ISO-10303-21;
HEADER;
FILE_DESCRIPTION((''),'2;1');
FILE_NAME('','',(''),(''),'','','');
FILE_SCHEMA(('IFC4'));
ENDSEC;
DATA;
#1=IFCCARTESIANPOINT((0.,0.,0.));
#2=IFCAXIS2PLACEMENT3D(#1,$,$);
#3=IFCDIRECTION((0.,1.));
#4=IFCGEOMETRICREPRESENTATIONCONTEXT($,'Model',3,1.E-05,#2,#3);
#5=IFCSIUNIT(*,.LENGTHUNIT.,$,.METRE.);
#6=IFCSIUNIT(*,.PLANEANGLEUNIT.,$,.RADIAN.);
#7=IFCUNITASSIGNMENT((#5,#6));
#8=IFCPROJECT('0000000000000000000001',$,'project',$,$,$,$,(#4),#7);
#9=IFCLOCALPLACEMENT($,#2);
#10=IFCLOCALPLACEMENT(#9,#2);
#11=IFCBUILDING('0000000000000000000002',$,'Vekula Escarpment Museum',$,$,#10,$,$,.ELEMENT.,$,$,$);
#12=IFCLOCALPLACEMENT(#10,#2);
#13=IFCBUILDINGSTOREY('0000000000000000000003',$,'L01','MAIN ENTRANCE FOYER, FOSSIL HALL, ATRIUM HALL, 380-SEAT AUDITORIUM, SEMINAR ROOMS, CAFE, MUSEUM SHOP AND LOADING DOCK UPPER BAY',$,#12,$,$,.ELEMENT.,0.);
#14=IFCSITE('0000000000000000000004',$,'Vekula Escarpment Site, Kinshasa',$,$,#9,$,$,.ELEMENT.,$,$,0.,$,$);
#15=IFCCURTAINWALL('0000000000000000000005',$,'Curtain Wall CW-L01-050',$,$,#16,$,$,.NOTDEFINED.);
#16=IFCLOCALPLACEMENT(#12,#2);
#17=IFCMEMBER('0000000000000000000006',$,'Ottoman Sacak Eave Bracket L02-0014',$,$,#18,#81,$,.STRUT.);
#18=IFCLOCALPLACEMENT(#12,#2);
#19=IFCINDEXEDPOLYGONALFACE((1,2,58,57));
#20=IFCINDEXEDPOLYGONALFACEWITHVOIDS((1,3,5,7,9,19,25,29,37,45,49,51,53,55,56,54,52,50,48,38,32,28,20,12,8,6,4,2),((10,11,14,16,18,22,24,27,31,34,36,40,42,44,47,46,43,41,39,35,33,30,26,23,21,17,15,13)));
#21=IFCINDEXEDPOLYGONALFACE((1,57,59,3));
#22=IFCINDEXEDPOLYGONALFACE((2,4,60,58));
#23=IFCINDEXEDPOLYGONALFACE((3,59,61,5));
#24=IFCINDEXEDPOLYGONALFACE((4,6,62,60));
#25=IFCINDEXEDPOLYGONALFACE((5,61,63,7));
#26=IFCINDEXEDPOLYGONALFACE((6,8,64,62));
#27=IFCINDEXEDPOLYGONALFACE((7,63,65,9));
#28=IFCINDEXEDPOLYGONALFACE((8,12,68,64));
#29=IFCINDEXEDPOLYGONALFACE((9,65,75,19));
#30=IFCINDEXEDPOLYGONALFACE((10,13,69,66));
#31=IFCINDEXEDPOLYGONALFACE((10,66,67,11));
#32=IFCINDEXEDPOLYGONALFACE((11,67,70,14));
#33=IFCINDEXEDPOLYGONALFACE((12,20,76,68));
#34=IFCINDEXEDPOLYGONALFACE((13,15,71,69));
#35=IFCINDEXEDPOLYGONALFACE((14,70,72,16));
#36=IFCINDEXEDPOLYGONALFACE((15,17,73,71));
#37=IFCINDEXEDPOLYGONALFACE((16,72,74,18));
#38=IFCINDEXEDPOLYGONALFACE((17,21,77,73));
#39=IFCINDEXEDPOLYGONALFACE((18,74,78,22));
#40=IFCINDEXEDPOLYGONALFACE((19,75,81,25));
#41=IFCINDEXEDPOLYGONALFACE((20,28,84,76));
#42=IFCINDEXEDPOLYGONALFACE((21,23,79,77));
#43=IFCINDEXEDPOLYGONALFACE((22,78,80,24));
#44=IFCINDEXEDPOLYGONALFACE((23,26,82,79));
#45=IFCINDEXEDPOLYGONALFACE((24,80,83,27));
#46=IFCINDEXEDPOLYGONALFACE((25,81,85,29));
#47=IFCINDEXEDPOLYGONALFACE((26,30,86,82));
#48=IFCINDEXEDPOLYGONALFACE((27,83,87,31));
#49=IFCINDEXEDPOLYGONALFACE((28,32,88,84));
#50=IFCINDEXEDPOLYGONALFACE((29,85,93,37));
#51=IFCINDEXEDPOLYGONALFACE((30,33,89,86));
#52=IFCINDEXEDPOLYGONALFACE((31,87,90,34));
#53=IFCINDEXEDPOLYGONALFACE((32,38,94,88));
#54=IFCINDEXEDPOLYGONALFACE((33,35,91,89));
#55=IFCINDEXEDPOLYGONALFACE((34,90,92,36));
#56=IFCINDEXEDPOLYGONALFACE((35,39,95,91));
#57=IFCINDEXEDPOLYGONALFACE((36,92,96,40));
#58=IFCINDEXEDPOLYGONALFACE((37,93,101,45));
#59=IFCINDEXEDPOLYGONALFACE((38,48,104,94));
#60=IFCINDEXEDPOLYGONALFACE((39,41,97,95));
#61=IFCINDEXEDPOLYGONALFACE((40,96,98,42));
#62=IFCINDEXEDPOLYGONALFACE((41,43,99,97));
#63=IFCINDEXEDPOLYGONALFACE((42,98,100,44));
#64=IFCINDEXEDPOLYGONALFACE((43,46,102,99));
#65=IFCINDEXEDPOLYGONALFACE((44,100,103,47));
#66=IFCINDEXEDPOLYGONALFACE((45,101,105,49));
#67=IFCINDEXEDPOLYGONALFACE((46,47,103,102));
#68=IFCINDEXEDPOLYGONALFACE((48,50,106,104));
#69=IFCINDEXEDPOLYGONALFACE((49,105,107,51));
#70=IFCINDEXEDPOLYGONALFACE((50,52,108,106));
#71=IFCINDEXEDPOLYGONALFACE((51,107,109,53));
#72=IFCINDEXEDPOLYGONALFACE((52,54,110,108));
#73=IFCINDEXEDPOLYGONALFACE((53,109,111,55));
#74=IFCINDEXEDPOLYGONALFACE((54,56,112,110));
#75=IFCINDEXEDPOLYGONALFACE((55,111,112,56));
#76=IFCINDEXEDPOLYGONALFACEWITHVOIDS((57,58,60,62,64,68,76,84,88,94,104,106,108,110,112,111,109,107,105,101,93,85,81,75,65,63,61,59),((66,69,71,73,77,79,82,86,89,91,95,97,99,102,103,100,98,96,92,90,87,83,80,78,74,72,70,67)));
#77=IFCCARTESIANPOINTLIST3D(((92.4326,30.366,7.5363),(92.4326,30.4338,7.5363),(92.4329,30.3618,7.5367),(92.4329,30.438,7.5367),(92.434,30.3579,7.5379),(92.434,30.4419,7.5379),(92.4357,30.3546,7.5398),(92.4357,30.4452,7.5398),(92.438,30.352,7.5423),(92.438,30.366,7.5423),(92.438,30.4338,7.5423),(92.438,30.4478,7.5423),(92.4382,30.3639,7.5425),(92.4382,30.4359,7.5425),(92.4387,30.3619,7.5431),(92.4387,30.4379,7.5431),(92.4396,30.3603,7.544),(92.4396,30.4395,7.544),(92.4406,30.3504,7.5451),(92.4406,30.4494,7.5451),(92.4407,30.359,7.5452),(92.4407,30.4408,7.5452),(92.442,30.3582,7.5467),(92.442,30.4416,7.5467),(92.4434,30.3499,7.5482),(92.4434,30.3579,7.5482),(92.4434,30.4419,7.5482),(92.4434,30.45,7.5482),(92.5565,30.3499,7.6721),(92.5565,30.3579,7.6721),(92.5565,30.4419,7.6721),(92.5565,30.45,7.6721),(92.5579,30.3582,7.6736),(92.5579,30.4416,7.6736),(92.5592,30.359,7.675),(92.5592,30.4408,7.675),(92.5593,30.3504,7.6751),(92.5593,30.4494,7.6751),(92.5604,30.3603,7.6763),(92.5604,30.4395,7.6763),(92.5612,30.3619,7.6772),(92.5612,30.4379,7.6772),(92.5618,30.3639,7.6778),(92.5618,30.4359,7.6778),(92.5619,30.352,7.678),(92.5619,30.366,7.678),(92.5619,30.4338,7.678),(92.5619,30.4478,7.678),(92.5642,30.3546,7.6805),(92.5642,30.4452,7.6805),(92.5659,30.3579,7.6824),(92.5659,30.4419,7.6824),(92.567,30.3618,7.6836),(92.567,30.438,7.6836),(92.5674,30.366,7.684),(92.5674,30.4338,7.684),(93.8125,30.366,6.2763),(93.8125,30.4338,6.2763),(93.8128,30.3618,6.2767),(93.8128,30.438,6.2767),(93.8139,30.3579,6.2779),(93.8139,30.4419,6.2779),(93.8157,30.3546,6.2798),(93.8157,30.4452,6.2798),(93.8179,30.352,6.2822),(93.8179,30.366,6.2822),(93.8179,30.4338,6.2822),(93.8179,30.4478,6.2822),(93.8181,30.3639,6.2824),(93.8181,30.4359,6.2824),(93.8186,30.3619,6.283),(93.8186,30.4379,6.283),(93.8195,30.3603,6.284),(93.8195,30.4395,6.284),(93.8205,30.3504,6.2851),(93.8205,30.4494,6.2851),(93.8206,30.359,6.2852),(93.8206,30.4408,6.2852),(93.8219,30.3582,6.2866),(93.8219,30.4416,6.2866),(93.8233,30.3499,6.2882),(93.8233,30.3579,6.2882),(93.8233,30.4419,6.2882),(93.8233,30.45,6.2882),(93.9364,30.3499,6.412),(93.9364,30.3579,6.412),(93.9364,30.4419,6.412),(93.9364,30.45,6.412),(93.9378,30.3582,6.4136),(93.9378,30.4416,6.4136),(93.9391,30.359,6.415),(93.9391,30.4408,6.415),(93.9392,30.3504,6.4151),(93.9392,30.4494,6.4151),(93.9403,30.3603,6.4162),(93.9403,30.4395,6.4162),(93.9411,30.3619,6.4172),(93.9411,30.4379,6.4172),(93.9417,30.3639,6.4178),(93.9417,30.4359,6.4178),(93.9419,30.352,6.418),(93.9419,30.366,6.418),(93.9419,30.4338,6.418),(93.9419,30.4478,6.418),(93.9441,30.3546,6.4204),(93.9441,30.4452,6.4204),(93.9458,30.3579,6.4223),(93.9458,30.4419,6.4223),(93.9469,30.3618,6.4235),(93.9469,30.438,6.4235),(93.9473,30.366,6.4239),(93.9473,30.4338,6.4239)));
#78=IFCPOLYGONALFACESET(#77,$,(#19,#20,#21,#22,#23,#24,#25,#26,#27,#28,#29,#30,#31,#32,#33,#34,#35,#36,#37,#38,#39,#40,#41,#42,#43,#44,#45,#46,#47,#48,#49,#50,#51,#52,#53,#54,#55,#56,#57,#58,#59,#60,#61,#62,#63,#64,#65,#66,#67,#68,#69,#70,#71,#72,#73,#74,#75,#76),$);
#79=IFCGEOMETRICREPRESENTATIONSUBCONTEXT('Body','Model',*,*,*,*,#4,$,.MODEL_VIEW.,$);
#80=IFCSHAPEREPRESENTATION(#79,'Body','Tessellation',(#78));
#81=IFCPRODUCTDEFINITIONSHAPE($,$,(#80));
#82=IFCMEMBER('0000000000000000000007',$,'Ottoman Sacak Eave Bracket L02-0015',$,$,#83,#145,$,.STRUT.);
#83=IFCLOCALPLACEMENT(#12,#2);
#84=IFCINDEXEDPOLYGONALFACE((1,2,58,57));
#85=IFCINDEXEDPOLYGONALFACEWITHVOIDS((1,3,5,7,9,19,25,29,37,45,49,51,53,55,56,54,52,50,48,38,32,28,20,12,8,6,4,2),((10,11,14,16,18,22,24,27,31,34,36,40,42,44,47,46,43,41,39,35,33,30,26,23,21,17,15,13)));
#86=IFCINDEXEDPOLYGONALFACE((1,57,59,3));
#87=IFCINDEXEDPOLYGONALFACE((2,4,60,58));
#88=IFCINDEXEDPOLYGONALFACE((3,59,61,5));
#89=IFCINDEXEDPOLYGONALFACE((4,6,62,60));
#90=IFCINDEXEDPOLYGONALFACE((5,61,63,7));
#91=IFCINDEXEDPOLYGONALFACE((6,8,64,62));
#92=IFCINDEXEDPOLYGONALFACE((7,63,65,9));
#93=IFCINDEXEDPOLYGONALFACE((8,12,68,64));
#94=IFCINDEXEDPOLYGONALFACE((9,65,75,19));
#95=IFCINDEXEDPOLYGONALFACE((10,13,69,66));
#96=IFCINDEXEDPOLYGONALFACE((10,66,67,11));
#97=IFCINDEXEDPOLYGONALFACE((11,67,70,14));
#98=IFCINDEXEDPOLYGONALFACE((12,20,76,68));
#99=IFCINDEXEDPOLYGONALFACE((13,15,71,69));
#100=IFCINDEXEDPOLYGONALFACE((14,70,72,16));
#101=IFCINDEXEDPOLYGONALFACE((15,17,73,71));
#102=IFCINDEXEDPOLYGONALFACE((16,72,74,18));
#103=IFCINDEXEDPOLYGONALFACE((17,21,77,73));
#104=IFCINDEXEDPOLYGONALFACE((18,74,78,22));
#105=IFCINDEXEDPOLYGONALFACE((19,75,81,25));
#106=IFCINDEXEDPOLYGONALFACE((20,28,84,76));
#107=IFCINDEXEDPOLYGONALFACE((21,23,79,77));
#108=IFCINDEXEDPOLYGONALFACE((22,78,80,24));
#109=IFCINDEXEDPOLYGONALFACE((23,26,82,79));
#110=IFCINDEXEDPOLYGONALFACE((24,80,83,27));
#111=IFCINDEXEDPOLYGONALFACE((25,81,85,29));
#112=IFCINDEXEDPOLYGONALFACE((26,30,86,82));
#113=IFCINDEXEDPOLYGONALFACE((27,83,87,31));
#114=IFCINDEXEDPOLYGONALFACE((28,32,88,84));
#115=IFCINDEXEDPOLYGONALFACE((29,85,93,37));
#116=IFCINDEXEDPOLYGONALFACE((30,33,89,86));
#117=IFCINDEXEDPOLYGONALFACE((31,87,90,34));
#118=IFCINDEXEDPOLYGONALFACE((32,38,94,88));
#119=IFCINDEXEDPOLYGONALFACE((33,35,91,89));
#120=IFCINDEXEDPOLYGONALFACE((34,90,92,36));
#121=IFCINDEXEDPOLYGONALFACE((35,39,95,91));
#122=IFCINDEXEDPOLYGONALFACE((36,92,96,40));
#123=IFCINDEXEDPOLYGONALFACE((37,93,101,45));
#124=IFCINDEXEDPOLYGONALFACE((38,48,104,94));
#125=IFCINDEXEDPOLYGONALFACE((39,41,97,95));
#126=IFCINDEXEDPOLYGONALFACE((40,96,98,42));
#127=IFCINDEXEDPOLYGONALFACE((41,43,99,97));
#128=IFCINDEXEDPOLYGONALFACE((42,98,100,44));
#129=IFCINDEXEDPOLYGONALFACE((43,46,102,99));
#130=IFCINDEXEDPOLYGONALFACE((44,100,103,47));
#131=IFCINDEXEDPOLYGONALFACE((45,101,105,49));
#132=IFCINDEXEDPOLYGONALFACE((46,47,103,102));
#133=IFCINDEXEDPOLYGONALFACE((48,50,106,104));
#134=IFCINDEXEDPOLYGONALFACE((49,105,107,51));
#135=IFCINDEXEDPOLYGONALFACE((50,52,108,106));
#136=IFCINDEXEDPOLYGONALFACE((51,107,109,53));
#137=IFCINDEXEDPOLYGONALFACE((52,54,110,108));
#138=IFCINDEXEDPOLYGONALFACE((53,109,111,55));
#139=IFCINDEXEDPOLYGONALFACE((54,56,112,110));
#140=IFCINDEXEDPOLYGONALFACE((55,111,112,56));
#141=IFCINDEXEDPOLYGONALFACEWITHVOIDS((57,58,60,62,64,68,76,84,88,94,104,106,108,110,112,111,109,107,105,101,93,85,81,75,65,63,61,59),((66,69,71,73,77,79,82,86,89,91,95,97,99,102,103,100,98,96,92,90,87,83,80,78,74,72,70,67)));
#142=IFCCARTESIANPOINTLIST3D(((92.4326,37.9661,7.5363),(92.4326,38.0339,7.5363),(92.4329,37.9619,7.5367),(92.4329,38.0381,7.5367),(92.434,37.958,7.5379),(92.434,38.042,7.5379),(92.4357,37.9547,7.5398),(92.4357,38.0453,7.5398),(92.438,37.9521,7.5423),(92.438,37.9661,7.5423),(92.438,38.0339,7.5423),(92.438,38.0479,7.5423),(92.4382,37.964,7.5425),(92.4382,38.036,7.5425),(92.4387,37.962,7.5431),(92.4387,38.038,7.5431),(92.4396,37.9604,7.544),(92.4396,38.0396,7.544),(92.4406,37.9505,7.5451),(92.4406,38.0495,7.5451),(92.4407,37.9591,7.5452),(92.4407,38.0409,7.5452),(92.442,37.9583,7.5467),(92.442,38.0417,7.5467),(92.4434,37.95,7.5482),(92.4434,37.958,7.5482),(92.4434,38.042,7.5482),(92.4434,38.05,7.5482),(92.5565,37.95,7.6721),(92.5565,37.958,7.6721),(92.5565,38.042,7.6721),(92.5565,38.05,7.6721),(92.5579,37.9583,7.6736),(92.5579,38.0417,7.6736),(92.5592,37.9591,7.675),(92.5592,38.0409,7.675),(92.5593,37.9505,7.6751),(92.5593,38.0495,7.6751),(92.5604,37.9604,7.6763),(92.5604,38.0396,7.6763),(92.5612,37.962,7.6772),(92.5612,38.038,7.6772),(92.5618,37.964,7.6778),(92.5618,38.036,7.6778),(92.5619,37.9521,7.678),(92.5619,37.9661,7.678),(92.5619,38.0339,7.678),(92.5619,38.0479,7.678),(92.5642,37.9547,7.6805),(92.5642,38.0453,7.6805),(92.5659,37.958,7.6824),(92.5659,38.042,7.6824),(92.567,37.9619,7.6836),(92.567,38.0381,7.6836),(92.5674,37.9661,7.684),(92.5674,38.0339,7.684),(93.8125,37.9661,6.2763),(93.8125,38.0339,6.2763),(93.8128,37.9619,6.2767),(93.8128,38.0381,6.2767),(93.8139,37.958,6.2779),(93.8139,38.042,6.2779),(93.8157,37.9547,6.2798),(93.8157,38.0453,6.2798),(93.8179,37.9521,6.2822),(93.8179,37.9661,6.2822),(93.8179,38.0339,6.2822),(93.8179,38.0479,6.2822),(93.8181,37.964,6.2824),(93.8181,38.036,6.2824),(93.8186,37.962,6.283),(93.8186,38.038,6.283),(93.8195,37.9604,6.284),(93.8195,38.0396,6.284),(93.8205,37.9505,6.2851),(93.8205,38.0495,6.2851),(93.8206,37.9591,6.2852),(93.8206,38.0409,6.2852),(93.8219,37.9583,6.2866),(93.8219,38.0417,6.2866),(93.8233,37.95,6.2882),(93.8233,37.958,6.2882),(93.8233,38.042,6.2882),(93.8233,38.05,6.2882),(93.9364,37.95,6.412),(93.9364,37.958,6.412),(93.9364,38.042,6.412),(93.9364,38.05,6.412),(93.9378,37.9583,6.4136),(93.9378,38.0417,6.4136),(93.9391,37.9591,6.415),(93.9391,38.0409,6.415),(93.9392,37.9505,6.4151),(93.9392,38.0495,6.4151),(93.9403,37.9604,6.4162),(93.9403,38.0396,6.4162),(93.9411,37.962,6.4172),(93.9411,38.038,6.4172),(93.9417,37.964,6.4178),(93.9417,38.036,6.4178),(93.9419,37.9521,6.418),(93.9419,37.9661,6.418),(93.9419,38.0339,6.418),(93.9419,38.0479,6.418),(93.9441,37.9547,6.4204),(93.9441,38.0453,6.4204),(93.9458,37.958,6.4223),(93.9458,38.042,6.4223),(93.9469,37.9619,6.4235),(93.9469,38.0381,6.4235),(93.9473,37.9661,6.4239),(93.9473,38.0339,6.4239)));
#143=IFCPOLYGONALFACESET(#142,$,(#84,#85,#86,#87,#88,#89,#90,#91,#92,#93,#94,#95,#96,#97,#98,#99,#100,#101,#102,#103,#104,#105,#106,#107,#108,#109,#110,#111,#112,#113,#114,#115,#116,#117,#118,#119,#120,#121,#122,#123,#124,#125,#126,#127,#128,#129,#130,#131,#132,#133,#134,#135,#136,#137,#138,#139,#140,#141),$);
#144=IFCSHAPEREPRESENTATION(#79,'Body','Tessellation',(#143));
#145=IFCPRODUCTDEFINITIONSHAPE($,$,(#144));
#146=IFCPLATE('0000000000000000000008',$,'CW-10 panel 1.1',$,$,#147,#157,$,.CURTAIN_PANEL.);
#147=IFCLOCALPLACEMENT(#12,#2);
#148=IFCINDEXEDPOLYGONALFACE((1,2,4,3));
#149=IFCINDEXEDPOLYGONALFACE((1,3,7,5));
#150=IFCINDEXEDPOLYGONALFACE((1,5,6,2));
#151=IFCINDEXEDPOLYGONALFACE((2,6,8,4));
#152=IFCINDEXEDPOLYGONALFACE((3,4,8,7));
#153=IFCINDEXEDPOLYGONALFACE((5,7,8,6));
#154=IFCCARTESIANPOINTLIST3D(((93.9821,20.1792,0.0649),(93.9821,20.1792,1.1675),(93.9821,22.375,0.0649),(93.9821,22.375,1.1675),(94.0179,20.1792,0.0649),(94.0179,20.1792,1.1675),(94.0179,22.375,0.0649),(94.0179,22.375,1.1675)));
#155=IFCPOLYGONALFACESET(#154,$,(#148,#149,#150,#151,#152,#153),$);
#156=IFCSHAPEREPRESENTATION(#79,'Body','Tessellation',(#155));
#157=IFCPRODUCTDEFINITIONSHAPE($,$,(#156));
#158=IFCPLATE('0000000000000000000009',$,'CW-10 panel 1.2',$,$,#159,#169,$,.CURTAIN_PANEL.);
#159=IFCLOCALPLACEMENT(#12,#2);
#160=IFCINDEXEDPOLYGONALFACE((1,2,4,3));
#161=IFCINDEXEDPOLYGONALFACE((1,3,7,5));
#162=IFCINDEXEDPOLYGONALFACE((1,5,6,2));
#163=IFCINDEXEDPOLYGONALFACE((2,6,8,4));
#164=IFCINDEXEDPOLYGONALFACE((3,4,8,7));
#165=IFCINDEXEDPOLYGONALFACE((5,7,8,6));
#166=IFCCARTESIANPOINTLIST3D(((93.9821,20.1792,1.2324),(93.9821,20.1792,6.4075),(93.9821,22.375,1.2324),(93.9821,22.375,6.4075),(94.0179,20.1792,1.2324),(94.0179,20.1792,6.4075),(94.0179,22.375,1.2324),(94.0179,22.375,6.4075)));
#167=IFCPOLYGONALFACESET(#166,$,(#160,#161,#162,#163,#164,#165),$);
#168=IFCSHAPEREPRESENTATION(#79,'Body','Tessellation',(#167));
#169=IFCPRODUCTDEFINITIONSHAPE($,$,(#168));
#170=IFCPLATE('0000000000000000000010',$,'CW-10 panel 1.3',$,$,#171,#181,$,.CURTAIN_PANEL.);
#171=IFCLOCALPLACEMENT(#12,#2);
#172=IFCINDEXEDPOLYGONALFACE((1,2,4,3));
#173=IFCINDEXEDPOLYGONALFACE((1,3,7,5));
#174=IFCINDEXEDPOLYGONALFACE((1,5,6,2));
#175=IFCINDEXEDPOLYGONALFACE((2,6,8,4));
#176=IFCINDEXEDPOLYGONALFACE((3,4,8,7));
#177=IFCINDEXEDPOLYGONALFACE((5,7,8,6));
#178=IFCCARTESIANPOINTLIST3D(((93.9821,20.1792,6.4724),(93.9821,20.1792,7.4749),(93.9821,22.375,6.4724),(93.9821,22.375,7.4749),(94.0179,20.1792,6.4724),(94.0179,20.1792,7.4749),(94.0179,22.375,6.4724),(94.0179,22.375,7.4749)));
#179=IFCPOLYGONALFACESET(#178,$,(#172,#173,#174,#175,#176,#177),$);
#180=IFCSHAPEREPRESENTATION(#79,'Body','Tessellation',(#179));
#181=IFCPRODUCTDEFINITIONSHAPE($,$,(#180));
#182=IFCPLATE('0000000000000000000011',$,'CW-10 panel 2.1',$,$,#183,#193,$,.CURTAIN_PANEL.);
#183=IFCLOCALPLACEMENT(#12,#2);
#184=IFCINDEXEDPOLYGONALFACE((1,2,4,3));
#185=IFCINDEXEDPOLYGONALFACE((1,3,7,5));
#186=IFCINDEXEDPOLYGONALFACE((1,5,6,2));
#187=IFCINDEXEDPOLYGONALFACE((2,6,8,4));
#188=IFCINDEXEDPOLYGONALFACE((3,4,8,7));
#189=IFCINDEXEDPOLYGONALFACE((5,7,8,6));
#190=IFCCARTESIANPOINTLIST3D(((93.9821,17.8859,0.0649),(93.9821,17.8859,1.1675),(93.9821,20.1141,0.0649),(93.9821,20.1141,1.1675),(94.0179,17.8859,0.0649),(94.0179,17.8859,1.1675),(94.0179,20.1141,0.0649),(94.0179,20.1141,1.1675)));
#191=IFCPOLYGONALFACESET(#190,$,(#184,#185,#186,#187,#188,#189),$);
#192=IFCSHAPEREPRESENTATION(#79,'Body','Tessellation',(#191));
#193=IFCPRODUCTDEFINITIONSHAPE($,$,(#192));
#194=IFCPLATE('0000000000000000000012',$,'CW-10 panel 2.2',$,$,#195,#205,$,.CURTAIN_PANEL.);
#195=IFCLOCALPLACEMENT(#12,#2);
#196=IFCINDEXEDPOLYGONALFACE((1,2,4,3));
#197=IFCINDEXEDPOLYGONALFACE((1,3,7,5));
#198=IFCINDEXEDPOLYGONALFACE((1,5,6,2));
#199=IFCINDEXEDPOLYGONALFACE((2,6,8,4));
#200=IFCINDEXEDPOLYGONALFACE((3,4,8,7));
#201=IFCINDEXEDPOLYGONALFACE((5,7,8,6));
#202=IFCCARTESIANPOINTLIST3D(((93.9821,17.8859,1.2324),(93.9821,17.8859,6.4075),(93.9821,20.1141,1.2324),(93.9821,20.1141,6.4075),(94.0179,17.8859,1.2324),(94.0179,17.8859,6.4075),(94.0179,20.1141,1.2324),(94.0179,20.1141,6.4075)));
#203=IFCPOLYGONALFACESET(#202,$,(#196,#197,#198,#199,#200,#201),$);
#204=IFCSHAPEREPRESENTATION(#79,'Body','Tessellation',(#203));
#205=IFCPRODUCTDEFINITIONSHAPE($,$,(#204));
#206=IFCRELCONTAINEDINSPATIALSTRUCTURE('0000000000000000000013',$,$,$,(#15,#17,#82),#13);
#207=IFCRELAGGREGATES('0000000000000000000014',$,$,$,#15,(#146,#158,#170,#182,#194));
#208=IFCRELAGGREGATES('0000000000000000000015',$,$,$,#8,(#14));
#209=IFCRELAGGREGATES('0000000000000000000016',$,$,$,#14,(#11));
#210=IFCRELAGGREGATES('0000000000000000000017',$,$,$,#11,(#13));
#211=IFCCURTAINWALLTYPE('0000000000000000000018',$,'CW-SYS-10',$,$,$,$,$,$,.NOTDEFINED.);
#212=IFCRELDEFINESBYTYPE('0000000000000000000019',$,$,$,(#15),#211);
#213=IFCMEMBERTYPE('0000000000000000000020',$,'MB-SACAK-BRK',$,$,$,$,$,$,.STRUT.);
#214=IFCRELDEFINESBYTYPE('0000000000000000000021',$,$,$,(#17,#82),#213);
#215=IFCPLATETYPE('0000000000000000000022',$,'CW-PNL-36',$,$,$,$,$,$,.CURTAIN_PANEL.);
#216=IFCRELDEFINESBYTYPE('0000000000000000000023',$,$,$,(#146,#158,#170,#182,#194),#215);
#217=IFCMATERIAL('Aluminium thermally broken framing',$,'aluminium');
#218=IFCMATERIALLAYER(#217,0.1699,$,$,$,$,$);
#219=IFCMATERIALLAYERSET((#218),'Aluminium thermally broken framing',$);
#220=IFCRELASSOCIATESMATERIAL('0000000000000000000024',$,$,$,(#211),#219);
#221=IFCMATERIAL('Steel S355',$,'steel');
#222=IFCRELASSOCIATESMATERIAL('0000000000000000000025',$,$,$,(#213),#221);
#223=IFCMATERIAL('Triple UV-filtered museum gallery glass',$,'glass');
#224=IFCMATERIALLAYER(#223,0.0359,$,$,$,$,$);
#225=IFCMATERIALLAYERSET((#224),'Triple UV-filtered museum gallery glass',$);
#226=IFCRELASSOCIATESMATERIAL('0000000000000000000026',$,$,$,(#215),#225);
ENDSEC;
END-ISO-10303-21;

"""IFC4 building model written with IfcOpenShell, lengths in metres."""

from ifc_helpers import new_model, si_unit, direction, frame, origin, origin_2d, place, context, subcontext, project, spatial, rectangle, hollow_rectangle, extrude, material, layer, layer_set, material_profile, profile_set, type_object, element, aggregate, save


model = new_model("IFC4")

# Units and contexts
model_context = context("Model", 3, precision=1e-05, world=origin(), true_north=direction((0.0, 1.0)))
body_context = subcontext(model_context, "Body", "Model", "MODEL_VIEW")
ifc_project = project(units=[si_unit("LENGTHUNIT", "METRE"), si_unit("PLANEANGLEUNIT", "RADIAN")], contexts=[model_context])

# Site, building, storey
site_placement = place(None, origin())
site = spatial("IfcSite", under=ifc_project, at=site_placement, Name="Vekula Escarpment Site, Kinshasa", CompositionType="ELEMENT", RefElevation=0.0)
building_placement = place(site_placement, origin())
building = spatial("IfcBuilding", under=site, at=building_placement, Name="Vekula Escarpment Museum", CompositionType="ELEMENT")
storey_placement = place(building_placement, origin())
storey = spatial("IfcBuildingStorey", under=building, at=storey_placement, Name="L01", Description="MAIN ENTRANCE FOYER, FOSSIL HALL, ATRIUM HALL, 380-SEAT AUDITORIUM, SEMINAR ROOMS, CAFE, MUSEUM SHOP AND LOADING DOCK UPPER BAY", CompositionType="ELEMENT", Elevation=0.0)

# Curtain wall
ifc_material_1 = material(Name="Aluminium thermally broken framing", Category="aluminium")
ifc_layer_1 = layer(ifc_material_1, 0.1699)
ifc_layer_set_1 = layer_set([ifc_layer_1], Name="Aluminium thermally broken framing")
curtain_wall_type = type_object("IfcCurtainWallType", Name="CW-SYS-10", PredefinedType="NOTDEFINED", material=ifc_layer_set_1)
curtain_wall_placement = place(storey_placement, origin())
curtain_wall = element("IfcCurtainWall", 1, at=curtain_wall_placement, inside=storey, type_object=curtain_wall_type, Name="Curtain Wall CW-L01-050", PredefinedType="NOTDEFINED")

# Members
ifc_material_2 = material(Name="Steel S355", Category="steel")
ifc_material_profile_1 = material_profile(ifc_material_2, hollow_rectangle(XDim=0.1001, YDim=0.2, WallThickness=0.0081, InnerFilletRadius=0.0081, OuterFilletRadius=0.0161, at=origin_2d()), Name="RHS 200x100x8")
ifc_profile_set_1 = profile_set([ifc_material_profile_1], Name="Steel S355")
member_type_1 = type_object("IfcMemberType", Name="MB-SACAK-BRK", PredefinedType="STRUT", material=ifc_profile_set_1)
for number, where, z_axis, x_axis, name in (
    (2, (93.8799, 30.3999, 6.3501), (-0.738454, 0.0, 0.674303), (0.0, -1.0, 0.0), "Ottoman Sacak Eave Bracket L02-0014"),
    (3, (93.8799, 38.0, 6.3501), (-0.738454, 0.0, 0.674303), (0.0, -1.0, 0.0), "Ottoman Sacak Eave Bracket L02-0015"),
):
    element("IfcMember", number, at=place(storey_placement, frame(where, z_axis=z_axis, x_axis=x_axis)), inside=storey, type_object=member_type_1, Name=name, PredefinedType="STRUT", context=body_context, shape_type="SweptSolid", body=[
        extrude(hollow_rectangle(XDim=0.1001, YDim=0.2, WallThickness=0.0081, InnerFilletRadius=0.0081, OuterFilletRadius=0.0161, at=origin_2d()), origin(), (0.0, 0.0, 1.0), 1.8687),
    ])

# Plates
ifc_material_3 = material(Name="Triple UV-filtered museum gallery glass", Category="glass")
ifc_layer_2 = layer(ifc_material_3, 0.0359)
ifc_layer_set_2 = layer_set([ifc_layer_2], Name="Triple UV-filtered museum gallery glass")
plate_type_1 = type_object("IfcPlateType", Name="CW-PNL-36", PredefinedType="CURTAIN_PANEL", material=ifc_layer_set_2)
plate_1_placement = place(storey_placement, frame((94.0, 21.2771, 0.0649), z_axis=(0.0, 0.0, 1.0), x_axis=(0.0, -1.0, 0.0)))
plate_1 = element("IfcPlate", 4, at=plate_1_placement, type_object=plate_type_1, Name="CW-10 panel 1.1", PredefinedType="CURTAIN_PANEL", context=body_context, shape_type="SweptSolid", body=[
    extrude(rectangle(XDim=2.1958, YDim=0.0359, at=origin_2d()), origin(), (0.0, 0.0, 1.0), 1.1025),
])
plate_2_placement = place(storey_placement, frame((94.0, 21.2771, 1.2324), z_axis=(0.0, 0.0, 1.0), x_axis=(0.0, -1.0, 0.0)))
plate_2 = element("IfcPlate", 5, at=plate_2_placement, type_object=plate_type_1, Name="CW-10 panel 1.2", PredefinedType="CURTAIN_PANEL", context=body_context, shape_type="SweptSolid", body=[
    extrude(rectangle(XDim=2.1958, YDim=0.0359, at=origin_2d()), origin(), (0.0, 0.0, 1.0), 5.175),
])
plate_3_placement = place(storey_placement, frame((94.0, 21.2771, 6.4724), z_axis=(0.0, 0.0, 1.0), x_axis=(0.0, -1.0, 0.0)))
plate_3 = element("IfcPlate", 6, at=plate_3_placement, type_object=plate_type_1, Name="CW-10 panel 1.3", PredefinedType="CURTAIN_PANEL", context=body_context, shape_type="SweptSolid", body=[
    extrude(rectangle(XDim=2.1958, YDim=0.0359, at=origin_2d()), origin(), (0.0, 0.0, 1.0), 1.0024),
])
plate_4_placement = place(storey_placement, frame((94.0, 19.0, 0.0649), z_axis=(0.0, 0.0, 1.0), x_axis=(0.0, -1.0, 0.0)))
plate_4 = element("IfcPlate", 7, at=plate_4_placement, type_object=plate_type_1, Name="CW-10 panel 2.1", PredefinedType="CURTAIN_PANEL", context=body_context, shape_type="SweptSolid", body=[
    extrude(rectangle(XDim=2.2283, YDim=0.0359, at=origin_2d()), origin(), (0.0, 0.0, 1.0), 1.1025),
])
plate_5_placement = place(storey_placement, frame((94.0, 19.0, 1.2324), z_axis=(0.0, 0.0, 1.0), x_axis=(0.0, -1.0, 0.0)))
plate_5 = element("IfcPlate", 8, at=plate_5_placement, type_object=plate_type_1, Name="CW-10 panel 2.2", PredefinedType="CURTAIN_PANEL", context=body_context, shape_type="SweptSolid", body=[
    extrude(rectangle(XDim=2.2283, YDim=0.0359, at=origin_2d()), origin(), (0.0, 0.0, 1.0), 5.175),
])
aggregate(curtain_wall, [plate_1, plate_2, plate_3, plate_4, plate_5])

save(model, "model.ifc")
